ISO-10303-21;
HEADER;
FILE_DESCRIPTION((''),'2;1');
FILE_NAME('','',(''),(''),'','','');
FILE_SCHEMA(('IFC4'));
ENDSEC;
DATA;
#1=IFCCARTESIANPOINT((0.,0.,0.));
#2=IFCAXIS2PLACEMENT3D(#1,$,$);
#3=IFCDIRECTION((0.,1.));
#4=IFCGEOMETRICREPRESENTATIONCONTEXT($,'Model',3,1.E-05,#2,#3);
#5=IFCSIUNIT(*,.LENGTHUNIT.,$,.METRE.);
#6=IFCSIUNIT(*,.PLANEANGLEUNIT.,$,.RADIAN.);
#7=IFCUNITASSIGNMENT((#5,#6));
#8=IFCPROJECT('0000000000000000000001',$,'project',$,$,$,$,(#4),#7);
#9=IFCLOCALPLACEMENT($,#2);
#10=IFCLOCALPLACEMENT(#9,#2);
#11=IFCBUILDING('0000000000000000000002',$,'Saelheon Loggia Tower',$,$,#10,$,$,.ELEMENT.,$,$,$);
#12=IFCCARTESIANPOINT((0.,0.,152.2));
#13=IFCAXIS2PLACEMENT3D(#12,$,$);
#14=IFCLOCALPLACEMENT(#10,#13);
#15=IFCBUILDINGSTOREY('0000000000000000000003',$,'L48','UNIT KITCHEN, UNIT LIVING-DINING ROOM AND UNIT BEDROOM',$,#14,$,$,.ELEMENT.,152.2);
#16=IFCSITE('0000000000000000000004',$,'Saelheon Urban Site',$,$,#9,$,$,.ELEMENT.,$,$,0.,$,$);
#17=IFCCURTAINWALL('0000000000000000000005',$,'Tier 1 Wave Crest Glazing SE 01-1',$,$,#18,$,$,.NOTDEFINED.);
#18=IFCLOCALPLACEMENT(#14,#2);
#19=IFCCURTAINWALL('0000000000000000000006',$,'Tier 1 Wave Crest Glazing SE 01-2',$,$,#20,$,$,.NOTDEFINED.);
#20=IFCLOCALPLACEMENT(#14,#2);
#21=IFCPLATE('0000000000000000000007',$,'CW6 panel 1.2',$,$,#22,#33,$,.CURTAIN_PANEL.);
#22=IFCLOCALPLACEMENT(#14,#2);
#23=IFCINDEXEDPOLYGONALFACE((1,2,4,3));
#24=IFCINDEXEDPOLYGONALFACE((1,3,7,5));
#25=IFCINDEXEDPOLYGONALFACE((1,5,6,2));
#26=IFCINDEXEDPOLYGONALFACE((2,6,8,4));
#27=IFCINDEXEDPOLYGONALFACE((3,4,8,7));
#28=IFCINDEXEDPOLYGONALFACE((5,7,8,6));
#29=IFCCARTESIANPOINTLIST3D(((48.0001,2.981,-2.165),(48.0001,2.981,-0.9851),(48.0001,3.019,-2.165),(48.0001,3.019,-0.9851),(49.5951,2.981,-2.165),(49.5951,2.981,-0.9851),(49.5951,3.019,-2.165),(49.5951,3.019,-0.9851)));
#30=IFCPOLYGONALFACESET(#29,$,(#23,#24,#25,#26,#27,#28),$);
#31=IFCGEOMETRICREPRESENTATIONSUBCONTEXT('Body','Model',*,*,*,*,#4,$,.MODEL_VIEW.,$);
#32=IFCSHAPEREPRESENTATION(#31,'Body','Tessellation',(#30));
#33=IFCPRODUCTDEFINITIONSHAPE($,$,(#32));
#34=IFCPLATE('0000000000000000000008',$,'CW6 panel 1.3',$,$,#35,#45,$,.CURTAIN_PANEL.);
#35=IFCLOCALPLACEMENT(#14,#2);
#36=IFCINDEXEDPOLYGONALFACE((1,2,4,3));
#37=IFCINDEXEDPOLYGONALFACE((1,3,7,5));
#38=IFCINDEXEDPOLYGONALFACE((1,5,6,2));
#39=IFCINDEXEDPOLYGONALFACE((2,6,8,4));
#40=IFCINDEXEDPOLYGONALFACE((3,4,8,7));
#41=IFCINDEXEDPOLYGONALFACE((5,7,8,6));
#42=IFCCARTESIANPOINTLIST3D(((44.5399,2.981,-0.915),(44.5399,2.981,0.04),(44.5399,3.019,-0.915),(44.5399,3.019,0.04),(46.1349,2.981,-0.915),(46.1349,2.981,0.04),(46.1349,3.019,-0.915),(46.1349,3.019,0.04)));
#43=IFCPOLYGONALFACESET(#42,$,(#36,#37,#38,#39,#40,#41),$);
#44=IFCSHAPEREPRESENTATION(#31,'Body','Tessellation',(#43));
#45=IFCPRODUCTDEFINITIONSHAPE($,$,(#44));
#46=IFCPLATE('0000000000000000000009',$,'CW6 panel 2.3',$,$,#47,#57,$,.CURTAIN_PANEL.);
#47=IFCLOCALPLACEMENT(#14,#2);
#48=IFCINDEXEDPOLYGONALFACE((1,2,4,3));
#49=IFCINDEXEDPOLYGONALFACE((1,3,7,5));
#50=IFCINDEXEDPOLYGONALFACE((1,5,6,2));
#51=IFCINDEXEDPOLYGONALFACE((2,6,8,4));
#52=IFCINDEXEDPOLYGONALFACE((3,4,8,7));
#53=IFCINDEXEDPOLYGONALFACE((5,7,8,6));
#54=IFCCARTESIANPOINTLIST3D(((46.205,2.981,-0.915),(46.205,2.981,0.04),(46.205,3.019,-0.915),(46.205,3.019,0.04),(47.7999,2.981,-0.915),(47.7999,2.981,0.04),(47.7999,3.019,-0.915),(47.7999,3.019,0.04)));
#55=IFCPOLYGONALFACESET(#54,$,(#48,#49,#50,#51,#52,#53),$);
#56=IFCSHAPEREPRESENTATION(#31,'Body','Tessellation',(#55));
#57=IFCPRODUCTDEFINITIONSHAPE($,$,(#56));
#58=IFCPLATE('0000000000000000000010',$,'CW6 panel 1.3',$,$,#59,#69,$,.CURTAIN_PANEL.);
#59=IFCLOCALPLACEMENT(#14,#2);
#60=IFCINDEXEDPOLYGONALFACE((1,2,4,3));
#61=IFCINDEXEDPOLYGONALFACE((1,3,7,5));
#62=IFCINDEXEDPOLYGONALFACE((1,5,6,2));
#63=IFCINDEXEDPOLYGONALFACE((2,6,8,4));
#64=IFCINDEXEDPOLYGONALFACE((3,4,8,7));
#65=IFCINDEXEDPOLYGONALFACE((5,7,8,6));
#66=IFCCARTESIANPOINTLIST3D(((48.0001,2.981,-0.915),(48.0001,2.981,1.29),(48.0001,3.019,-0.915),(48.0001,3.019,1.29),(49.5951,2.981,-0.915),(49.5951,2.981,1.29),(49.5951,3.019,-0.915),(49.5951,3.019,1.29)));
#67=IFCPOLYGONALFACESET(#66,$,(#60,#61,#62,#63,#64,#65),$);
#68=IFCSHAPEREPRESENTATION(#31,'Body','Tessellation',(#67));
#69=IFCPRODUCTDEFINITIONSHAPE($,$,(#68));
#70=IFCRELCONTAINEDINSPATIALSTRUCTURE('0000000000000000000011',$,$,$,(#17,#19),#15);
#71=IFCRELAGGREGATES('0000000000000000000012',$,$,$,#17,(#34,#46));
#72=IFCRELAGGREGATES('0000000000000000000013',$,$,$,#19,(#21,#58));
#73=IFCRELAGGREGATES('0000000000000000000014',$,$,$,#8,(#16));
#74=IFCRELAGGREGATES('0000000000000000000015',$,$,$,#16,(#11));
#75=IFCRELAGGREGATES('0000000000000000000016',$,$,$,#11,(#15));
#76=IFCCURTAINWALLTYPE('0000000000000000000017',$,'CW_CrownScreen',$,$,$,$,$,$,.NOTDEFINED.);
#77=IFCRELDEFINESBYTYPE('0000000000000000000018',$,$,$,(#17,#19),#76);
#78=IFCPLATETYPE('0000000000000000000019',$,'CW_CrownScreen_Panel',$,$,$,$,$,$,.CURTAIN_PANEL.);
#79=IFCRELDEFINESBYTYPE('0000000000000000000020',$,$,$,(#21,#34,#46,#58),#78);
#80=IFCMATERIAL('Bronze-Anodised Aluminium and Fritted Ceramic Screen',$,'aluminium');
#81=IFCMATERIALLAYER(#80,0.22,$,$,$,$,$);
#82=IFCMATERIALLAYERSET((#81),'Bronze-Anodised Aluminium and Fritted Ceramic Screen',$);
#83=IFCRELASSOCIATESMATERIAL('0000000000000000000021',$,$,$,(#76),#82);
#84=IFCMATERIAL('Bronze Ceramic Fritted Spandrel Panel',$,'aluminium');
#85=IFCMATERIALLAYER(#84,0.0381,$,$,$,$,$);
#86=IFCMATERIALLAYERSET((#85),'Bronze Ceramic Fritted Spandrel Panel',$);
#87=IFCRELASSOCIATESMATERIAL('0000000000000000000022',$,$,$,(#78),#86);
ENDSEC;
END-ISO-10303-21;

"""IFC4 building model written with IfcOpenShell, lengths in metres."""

from ifc_helpers import new_model, si_unit, direction, frame, origin, origin_2d, place, context, subcontext, project, spatial, rectangle, extrude, source, transform, mapped, material, layer, layer_set, type_object, element, aggregate, save


model = new_model("IFC4")

# Units and contexts
model_context = context("Model", 3, precision=1e-05, world=origin(), true_north=direction((0.0, 1.0)))
body_context = subcontext(model_context, "Body", "Model", "MODEL_VIEW")
ifc_project = project(units=[si_unit("LENGTHUNIT", "METRE"), si_unit("PLANEANGLEUNIT", "RADIAN")], contexts=[model_context])

# Site, building, storey
site_placement = place(None, origin())
site = spatial("IfcSite", under=ifc_project, at=site_placement, Name="Saelheon Urban Site", CompositionType="ELEMENT", RefElevation=0.0)
building_placement = place(site_placement, origin())
building = spatial("IfcBuilding", under=site, at=building_placement, Name="Saelheon Loggia Tower", CompositionType="ELEMENT")
storey_placement = place(building_placement, frame((0.0, 0.0, 152.2)))
storey = spatial("IfcBuildingStorey", under=building, at=storey_placement, Name="L48", Description="UNIT KITCHEN, UNIT LIVING-DINING ROOM AND UNIT BEDROOM", CompositionType="ELEMENT", Elevation=152.2)

# Curtain walls
ifc_material_1 = material(Name="Bronze-Anodised Aluminium and Fritted Ceramic Screen", Category="aluminium")
ifc_layer_1 = layer(ifc_material_1, 0.22)
ifc_layer_set_1 = layer_set([ifc_layer_1], Name="Bronze-Anodised Aluminium and Fritted Ceramic Screen")
curtain_wall_type = type_object("IfcCurtainWallType", Name="CW_CrownScreen", PredefinedType="NOTDEFINED", material=ifc_layer_set_1)
curtain_wall_1_placement = place(storey_placement, origin())
curtain_wall_1 = element("IfcCurtainWall", 1, at=curtain_wall_1_placement, inside=storey, type_object=curtain_wall_type, Name="Tier 1 Wave Crest Glazing SE 01-1", PredefinedType="NOTDEFINED")
curtain_wall_2_placement = place(storey_placement, origin())
curtain_wall_2 = element("IfcCurtainWall", 2, at=curtain_wall_2_placement, inside=storey, type_object=curtain_wall_type, Name="Tier 1 Wave Crest Glazing SE 01-2", PredefinedType="NOTDEFINED")

# Plates
ifc_material_2 = material(Name="Bronze Ceramic Fritted Spandrel Panel", Category="aluminium")
ifc_layer_2 = layer(ifc_material_2, 0.0381)
ifc_layer_set_2 = layer_set([ifc_layer_2], Name="Bronze Ceramic Fritted Spandrel Panel")
plate_type = type_object("IfcPlateType", Name="CW_CrownScreen_Panel", PredefinedType="CURTAIN_PANEL", material=ifc_layer_set_2)
shared_shape_1 = source(origin(), body_context, "Body", "SweptSolid", [
    extrude(rectangle(XDim=1.595, YDim=0.0381, at=origin_2d()), origin(), (0.0, 0.0, 1.0), 1.1799),
])
plate_1_placement = place(storey_placement, frame((48.7976, 3.0, -2.165), z_axis=(0.0, 0.0, 1.0), x_axis=(1.0, 0.0, 0.0)))
plate_1 = element("IfcPlate", 3, at=plate_1_placement, type_object=plate_type, Name="CW6 panel 1.2", PredefinedType="CURTAIN_PANEL", context=body_context, shape_type="MappedRepresentation", body=[
    mapped(shared_shape_1, transform((0.0, 0.0, 0.0), scale=1.0)),
])
shared_shape_2 = source(origin(), body_context, "Body", "SweptSolid", [
    extrude(rectangle(XDim=1.595, YDim=0.0381, at=origin_2d()), origin(), (0.0, 0.0, 1.0), 0.9551),
])
plate_2_placement = place(storey_placement, frame((45.3374, 3.0, -0.915), z_axis=(0.0, 0.0, 1.0), x_axis=(1.0, 0.0, 0.0)))
plate_2 = element("IfcPlate", 4, at=plate_2_placement, type_object=plate_type, Name="CW6 panel 1.3", PredefinedType="CURTAIN_PANEL", context=body_context, shape_type="MappedRepresentation", body=[
    mapped(shared_shape_2, transform((0.0, 0.0, 0.0), scale=1.0)),
])
plate_3_placement = place(storey_placement, frame((47.0024, 3.0, -0.915), z_axis=(0.0, 0.0, 1.0), x_axis=(1.0, 0.0, 0.0)))
plate_3 = element("IfcPlate", 5, at=plate_3_placement, type_object=plate_type, Name="CW6 panel 2.3", PredefinedType="CURTAIN_PANEL", context=body_context, shape_type="MappedRepresentation", body=[
    mapped(shared_shape_2, transform((0.0, 0.0, 0.0), scale=1.0)),
])
aggregate(curtain_wall_1, [plate_2, plate_3])
shared_shape_3 = source(origin(), body_context, "Body", "SweptSolid", [
    extrude(rectangle(XDim=1.595, YDim=0.0381, at=origin_2d()), origin(), (0.0, 0.0, 1.0), 2.2051),
])
plate_4_placement = place(storey_placement, frame((48.7976, 3.0, -0.915), z_axis=(0.0, 0.0, 1.0), x_axis=(1.0, 0.0, 0.0)))
plate_4 = element("IfcPlate", 6, at=plate_4_placement, type_object=plate_type, Name="CW6 panel 1.3", PredefinedType="CURTAIN_PANEL", context=body_context, shape_type="MappedRepresentation", body=[
    mapped(shared_shape_3, transform((0.0, 0.0, 0.0), scale=1.0)),
])
aggregate(curtain_wall_2, [plate_1, plate_4])

save(model, "model.ifc")
